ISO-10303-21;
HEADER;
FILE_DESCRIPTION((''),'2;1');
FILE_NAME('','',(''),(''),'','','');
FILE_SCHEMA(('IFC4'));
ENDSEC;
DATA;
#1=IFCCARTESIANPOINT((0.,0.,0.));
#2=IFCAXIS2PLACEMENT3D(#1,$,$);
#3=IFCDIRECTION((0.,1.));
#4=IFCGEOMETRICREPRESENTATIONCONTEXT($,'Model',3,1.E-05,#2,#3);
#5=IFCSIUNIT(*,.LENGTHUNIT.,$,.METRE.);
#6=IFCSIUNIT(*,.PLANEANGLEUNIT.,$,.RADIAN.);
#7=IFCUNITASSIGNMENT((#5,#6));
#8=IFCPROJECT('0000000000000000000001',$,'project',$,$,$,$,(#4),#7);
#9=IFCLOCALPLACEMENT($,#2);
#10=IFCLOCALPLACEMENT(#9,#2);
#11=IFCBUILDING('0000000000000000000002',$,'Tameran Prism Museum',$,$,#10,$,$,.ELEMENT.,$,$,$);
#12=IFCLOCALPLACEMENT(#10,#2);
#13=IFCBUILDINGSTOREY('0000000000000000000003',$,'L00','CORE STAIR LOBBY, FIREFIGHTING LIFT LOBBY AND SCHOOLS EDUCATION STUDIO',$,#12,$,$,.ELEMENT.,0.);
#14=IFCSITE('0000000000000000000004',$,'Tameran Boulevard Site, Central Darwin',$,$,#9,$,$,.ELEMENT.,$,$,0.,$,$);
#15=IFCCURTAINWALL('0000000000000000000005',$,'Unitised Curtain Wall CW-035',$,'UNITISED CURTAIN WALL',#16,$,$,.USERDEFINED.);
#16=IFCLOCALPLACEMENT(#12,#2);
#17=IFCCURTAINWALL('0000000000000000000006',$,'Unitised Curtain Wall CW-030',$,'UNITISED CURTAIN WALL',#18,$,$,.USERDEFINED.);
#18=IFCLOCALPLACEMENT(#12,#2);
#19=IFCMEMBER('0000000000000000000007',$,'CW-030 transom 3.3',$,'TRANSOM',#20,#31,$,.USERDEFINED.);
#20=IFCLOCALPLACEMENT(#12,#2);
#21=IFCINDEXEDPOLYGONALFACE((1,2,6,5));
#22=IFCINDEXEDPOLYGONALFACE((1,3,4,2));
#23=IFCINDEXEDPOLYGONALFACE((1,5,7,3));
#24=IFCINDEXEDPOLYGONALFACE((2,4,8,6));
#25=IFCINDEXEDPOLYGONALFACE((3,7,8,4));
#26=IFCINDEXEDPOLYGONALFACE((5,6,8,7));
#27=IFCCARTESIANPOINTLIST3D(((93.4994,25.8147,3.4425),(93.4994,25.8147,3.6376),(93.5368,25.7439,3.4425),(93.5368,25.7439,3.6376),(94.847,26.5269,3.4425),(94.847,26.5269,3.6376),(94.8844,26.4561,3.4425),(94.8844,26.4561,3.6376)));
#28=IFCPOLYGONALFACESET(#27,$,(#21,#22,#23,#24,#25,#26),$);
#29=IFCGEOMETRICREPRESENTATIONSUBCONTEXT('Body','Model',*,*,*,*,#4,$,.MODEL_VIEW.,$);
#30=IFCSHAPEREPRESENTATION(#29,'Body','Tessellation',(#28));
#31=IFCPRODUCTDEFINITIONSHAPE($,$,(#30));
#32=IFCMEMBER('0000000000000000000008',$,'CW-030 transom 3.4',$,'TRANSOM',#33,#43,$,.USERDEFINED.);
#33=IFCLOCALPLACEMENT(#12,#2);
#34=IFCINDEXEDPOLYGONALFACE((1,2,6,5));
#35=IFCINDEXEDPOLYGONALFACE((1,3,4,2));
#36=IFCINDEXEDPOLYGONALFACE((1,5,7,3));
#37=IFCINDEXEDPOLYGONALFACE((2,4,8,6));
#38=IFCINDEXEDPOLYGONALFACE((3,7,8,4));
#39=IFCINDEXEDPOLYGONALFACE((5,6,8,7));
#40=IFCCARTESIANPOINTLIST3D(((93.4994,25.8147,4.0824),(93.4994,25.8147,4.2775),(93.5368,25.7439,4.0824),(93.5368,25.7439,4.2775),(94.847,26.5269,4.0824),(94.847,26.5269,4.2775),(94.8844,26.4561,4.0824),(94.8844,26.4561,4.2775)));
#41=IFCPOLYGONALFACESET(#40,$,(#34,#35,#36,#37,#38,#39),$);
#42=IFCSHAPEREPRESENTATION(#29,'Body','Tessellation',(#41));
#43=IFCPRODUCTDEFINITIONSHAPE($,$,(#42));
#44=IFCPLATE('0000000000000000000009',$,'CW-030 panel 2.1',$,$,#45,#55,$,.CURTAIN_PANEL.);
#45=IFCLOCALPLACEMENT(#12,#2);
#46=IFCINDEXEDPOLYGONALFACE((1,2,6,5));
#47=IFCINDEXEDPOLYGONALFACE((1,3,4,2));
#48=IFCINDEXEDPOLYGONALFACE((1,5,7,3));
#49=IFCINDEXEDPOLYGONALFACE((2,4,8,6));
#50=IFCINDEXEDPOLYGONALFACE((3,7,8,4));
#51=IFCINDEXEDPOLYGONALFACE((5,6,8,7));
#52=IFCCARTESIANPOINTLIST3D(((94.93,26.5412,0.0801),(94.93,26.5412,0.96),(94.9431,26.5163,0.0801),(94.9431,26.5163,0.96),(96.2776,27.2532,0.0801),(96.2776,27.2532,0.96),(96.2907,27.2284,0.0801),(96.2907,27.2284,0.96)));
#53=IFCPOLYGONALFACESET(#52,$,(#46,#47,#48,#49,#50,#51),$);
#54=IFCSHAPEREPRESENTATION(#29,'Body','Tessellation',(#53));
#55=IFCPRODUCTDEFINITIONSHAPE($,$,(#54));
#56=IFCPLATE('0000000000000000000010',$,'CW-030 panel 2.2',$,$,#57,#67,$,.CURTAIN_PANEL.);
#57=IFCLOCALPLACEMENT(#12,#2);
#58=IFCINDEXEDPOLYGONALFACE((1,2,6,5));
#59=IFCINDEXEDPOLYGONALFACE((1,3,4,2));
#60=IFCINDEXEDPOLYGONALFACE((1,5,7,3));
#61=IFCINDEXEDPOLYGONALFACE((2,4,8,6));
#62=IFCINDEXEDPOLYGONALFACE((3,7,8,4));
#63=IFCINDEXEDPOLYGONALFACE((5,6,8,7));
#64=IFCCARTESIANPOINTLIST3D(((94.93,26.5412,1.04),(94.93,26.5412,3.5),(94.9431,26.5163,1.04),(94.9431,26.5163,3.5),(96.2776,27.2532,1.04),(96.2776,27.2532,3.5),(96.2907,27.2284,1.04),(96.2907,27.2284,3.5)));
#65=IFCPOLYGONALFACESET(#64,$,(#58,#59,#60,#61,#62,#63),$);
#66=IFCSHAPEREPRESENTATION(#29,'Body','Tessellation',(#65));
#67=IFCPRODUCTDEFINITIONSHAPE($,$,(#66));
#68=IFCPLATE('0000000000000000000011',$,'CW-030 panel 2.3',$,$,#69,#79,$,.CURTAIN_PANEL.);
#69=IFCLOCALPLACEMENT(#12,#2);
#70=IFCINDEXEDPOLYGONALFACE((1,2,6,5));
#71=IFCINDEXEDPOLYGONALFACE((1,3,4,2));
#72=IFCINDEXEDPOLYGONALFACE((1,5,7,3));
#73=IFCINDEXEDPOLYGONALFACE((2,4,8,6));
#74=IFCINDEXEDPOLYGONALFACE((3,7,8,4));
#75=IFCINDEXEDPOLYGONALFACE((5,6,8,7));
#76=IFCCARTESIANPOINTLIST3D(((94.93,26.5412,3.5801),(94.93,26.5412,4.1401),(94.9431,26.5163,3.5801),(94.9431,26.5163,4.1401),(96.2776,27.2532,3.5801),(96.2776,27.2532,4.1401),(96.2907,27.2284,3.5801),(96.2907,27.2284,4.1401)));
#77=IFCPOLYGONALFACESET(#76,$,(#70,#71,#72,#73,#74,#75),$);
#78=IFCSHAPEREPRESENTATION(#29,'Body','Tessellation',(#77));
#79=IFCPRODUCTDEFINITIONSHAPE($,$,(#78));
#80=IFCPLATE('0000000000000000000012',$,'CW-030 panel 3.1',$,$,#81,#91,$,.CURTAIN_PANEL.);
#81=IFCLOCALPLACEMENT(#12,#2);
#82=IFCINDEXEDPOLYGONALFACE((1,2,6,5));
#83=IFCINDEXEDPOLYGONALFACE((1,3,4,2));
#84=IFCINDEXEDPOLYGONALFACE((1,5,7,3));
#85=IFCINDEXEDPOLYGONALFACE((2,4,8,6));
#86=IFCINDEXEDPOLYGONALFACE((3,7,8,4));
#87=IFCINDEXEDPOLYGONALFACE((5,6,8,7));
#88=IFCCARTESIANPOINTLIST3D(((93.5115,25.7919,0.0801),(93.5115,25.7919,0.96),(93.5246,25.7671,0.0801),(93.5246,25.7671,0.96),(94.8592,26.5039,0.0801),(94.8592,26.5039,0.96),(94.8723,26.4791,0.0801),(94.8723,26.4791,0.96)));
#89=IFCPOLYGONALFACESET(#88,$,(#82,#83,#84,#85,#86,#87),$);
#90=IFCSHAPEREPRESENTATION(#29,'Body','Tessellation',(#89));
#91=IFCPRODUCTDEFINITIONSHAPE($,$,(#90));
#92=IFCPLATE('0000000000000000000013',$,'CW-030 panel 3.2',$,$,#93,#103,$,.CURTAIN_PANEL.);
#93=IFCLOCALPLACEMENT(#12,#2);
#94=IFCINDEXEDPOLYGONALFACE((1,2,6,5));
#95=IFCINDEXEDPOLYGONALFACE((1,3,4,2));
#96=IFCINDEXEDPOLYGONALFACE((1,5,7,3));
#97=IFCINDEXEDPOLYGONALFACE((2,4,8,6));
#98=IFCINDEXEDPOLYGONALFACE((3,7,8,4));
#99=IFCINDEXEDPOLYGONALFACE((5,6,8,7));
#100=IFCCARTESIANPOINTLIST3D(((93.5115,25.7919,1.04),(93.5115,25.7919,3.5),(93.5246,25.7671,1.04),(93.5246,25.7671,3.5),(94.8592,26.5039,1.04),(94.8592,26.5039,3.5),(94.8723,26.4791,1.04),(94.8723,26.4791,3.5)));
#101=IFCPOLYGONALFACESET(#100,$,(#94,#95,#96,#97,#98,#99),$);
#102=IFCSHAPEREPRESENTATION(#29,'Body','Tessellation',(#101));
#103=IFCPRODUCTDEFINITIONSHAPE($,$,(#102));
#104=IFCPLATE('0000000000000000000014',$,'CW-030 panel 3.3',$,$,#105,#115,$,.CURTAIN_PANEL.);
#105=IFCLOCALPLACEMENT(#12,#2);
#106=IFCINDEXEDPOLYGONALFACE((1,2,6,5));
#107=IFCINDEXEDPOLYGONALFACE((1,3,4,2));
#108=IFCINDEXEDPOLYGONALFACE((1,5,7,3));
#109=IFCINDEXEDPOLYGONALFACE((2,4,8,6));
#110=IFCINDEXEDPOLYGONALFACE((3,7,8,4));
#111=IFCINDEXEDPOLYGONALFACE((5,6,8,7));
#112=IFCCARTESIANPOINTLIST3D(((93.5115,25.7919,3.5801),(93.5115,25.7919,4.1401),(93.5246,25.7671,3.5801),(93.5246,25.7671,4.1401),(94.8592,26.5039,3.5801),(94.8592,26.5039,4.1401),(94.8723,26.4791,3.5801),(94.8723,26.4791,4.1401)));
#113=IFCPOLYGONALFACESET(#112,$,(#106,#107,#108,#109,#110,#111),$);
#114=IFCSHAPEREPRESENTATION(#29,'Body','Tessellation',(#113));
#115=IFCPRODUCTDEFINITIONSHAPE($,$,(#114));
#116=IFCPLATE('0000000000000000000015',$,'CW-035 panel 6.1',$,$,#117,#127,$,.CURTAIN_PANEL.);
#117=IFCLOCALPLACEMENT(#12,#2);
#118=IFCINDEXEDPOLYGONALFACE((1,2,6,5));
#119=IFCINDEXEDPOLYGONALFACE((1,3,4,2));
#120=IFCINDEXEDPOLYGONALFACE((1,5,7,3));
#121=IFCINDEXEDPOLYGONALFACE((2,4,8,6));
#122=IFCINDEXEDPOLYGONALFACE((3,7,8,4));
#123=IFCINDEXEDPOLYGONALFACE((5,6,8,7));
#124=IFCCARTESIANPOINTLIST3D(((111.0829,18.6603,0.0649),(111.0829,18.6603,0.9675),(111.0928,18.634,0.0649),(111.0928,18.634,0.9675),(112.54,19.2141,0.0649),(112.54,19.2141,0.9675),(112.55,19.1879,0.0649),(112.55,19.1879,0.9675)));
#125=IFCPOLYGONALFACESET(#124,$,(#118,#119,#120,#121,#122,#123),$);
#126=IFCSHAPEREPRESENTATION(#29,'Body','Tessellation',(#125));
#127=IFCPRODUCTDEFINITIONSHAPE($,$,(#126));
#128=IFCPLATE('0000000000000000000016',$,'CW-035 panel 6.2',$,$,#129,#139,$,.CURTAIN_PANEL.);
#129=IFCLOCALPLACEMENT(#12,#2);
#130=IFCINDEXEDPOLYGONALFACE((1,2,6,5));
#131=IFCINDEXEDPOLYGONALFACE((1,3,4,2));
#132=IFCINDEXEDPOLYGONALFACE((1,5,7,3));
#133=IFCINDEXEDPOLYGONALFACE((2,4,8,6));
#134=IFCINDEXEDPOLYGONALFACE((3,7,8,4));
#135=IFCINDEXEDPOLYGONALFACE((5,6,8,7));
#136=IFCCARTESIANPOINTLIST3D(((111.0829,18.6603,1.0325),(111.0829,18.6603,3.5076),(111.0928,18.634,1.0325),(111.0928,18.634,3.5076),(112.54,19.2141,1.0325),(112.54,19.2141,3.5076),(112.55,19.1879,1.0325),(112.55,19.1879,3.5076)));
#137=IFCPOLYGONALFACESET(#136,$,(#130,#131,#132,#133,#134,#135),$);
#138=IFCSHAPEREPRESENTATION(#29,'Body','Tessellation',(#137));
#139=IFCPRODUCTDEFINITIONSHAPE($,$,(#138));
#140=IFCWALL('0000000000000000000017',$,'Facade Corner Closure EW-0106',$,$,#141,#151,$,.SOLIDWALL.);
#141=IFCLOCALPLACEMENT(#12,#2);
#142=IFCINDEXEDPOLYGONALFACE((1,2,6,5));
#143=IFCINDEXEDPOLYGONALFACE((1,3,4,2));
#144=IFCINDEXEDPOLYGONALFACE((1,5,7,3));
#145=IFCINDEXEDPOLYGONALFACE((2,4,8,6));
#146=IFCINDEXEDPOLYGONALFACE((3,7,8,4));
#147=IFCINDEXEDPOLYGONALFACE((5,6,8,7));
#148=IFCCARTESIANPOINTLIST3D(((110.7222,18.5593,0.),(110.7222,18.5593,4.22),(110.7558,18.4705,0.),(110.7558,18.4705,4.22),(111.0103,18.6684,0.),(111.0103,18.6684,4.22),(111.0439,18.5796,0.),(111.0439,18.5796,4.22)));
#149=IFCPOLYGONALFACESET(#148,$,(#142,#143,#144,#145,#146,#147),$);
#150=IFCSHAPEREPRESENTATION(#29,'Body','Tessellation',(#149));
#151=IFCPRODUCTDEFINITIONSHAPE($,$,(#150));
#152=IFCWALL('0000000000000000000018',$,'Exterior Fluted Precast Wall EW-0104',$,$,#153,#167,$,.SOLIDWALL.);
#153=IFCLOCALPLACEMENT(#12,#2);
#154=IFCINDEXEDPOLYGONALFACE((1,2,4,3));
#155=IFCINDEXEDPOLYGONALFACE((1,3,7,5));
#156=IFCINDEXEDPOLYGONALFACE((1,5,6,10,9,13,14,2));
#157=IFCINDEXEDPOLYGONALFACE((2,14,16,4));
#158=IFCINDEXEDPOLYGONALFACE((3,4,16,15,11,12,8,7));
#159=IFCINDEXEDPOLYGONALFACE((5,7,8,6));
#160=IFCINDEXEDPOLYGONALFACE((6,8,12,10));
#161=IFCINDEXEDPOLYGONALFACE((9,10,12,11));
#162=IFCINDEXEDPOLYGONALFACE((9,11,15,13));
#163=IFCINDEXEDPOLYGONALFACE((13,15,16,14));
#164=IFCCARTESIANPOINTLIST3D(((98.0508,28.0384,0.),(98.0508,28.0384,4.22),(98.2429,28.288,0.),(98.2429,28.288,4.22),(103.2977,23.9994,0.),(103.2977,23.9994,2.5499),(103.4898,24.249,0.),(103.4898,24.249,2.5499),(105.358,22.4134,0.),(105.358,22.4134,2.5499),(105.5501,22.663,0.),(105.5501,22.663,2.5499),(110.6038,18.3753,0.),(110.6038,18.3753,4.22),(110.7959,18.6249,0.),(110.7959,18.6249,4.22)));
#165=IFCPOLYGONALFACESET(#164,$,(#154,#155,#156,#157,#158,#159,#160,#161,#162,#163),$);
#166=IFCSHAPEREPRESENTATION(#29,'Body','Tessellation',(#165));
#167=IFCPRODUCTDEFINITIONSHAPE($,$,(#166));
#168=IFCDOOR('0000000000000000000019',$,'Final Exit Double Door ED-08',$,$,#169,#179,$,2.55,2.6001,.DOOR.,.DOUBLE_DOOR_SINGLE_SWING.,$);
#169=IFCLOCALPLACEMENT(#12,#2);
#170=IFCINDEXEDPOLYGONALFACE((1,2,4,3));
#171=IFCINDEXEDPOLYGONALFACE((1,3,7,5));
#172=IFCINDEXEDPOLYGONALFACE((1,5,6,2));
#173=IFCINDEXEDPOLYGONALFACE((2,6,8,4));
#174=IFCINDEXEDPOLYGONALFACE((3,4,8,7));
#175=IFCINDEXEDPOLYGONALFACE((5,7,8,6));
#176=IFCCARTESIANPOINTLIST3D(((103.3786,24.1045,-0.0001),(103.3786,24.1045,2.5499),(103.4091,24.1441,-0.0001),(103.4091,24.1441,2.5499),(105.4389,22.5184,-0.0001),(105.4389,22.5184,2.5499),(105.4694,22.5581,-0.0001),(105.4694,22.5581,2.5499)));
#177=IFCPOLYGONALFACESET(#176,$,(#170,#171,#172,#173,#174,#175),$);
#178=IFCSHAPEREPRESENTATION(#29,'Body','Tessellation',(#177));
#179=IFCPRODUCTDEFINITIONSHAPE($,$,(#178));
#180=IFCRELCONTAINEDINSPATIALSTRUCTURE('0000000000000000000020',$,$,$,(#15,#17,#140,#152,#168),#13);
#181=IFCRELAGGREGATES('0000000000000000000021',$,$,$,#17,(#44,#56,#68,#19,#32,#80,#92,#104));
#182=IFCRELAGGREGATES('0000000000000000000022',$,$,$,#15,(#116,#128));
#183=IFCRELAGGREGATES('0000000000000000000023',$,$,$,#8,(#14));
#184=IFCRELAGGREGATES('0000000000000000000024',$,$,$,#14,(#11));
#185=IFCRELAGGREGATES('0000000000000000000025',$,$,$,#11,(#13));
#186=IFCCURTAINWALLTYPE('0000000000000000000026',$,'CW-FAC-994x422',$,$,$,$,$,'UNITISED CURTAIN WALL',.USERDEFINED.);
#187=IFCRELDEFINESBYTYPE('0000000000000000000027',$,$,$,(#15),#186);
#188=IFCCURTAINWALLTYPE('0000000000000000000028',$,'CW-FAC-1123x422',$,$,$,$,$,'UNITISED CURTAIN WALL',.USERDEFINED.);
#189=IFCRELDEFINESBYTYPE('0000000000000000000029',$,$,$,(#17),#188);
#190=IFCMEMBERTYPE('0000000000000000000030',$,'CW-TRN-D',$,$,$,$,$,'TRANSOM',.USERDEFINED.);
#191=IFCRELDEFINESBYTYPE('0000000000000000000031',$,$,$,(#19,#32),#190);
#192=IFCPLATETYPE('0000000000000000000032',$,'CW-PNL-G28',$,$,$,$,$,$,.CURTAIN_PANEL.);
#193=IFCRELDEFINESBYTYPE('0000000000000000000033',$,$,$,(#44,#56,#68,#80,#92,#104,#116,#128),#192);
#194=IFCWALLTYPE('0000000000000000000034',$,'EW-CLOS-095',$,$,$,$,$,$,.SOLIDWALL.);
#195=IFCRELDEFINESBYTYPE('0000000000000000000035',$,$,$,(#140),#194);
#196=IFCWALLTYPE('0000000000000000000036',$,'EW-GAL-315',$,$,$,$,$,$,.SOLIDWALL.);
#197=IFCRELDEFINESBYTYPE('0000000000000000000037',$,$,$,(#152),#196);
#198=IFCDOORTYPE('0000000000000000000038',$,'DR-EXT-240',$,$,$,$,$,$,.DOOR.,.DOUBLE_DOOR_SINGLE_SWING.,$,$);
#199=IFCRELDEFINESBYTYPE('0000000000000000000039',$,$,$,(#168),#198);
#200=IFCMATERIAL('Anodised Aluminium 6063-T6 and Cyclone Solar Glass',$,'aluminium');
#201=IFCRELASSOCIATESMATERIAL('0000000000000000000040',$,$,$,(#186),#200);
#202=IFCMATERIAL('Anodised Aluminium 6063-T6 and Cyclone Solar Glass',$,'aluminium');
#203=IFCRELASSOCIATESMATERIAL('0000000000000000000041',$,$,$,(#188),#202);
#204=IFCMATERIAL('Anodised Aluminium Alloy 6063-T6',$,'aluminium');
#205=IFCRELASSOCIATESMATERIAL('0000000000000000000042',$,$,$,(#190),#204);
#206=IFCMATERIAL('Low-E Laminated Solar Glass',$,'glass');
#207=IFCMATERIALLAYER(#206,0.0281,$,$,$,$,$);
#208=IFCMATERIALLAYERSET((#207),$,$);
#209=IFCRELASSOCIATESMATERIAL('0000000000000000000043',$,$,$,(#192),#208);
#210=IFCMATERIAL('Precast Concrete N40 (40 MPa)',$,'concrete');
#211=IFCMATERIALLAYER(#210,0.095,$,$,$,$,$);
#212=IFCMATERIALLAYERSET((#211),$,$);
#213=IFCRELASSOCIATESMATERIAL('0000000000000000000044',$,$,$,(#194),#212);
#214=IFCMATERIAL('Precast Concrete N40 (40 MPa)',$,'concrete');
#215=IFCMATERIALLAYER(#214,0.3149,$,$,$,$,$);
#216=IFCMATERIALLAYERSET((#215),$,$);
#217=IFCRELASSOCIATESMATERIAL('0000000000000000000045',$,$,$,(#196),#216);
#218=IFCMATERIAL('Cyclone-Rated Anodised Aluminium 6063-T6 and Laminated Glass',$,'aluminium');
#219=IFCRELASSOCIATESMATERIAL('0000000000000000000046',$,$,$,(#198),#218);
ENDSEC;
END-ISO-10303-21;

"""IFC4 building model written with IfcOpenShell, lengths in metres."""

from ifc_helpers import new_model, si_unit, direction, frame, frame_2d, origin, origin_2d, place, context, subcontext, project, spatial, rectangle, extrude, material, layer, layer_set, material_profile, profile_set, type_object, element, fill, aggregate, save


model = new_model("IFC4")

# Units and contexts
model_context = context("Model", 3, precision=1e-05, world=origin(), true_north=direction((0.0, 1.0)))
body_context = subcontext(model_context, "Body", "Model", "MODEL_VIEW")
ifc_project = project(units=[si_unit("LENGTHUNIT", "METRE"), si_unit("PLANEANGLEUNIT", "RADIAN")], contexts=[model_context])

# Site, building, storey
site_placement = place(None, origin())
site = spatial("IfcSite", under=ifc_project, at=site_placement, Name="Tameran Boulevard Site, Central Darwin", CompositionType="ELEMENT", RefElevation=0.0)
building_placement = place(site_placement, origin())
building = spatial("IfcBuilding", under=site, at=building_placement, Name="Tameran Prism Museum", CompositionType="ELEMENT")
storey_placement = place(building_placement, origin())
storey = spatial("IfcBuildingStorey", under=building, at=storey_placement, Name="L00", Description="CORE STAIR LOBBY, FIREFIGHTING LIFT LOBBY AND SCHOOLS EDUCATION STUDIO", CompositionType="ELEMENT", Elevation=0.0)

# Curtain wall
ifc_material_1 = material(Name="Anodised Aluminium 6063-T6 and Cyclone Solar Glass", Category="aluminium")
curtain_wall_type_1 = type_object("IfcCurtainWallType", Name="CW-FAC-994x422", ElementType="UNITISED CURTAIN WALL", PredefinedType="USERDEFINED", material=ifc_material_1)
curtain_wall_1_placement = place(storey_placement, origin())
curtain_wall_1 = element("IfcCurtainWall", 1, at=curtain_wall_1_placement, inside=storey, type_object=curtain_wall_type_1, Name="Unitised Curtain Wall CW-035", ObjectType="UNITISED CURTAIN WALL", PredefinedType="USERDEFINED")

# Curtain wall, members, plates
ifc_material_2 = material(Name="Anodised Aluminium 6063-T6 and Cyclone Solar Glass", Category="aluminium")
curtain_wall_type_2 = type_object("IfcCurtainWallType", Name="CW-FAC-1123x422", ElementType="UNITISED CURTAIN WALL", PredefinedType="USERDEFINED", material=ifc_material_2)
curtain_wall_2_placement = place(storey_placement, origin())
curtain_wall_2 = element("IfcCurtainWall", 2, at=curtain_wall_2_placement, inside=storey, type_object=curtain_wall_type_2, Name="Unitised Curtain Wall CW-030", ObjectType="UNITISED CURTAIN WALL", PredefinedType="USERDEFINED")
ifc_material_3 = material(Name="Anodised Aluminium Alloy 6063-T6", Category="aluminium")
ifc_material_profile_1 = material_profile(ifc_material_3, rectangle(XDim=0.0801, YDim=0.1951, at=origin_2d()))
ifc_profile_set_1 = profile_set([ifc_material_profile_1])
member_type_1 = type_object("IfcMemberType", Name="CW-TRN-D", ElementType="TRANSOM", PredefinedType="USERDEFINED", material=ifc_profile_set_1)
member_1_placement = place(storey_placement, frame((94.8657, 26.4915, 3.54), z_axis=(-0.884142, -0.467218, 0.0), x_axis=(0.467218, -0.884142, 0.0)))
member_1 = element("IfcMember", 3, at=member_1_placement, type_object=member_type_1, Name="CW-030 transom 3.3", ObjectType="TRANSOM", PredefinedType="USERDEFINED", context=body_context, shape_type="SweptSolid", body=[
    extrude(rectangle(XDim=0.0801, YDim=0.1951, at=origin_2d()), origin(), (0.0, 0.0, 1.0), 1.5242),
])
member_2_placement = place(storey_placement, frame((94.8657, 26.4915, 4.1799), z_axis=(-0.884142, -0.467218, 0.0), x_axis=(0.467218, -0.884142, 0.0)))
member_2 = element("IfcMember", 4, at=member_2_placement, type_object=member_type_1, Name="CW-030 transom 3.4", ObjectType="TRANSOM", PredefinedType="USERDEFINED", context=body_context, shape_type="SweptSolid", body=[
    extrude(rectangle(XDim=0.0801, YDim=0.1951, at=origin_2d()), origin(), (0.0, 0.0, 1.0), 1.5242),
])
ifc_material_4 = material(Name="Low-E Laminated Solar Glass", Category="glass")
ifc_layer_1 = layer(ifc_material_4, 0.0281)
ifc_layer_set_1 = layer_set([ifc_layer_1])
plate_type = type_object("IfcPlateType", Name="CW-PNL-G28", PredefinedType="CURTAIN_PANEL", material=ifc_layer_set_1)
plate_1_placement = place(storey_placement, frame((95.6104, 26.8848, 0.0801), z_axis=(0.0, 0.0, 1.0), x_axis=(-0.884175, -0.467155, 0.0)))
plate_1 = element("IfcPlate", 5, at=plate_1_placement, type_object=plate_type, Name="CW-030 panel 2.1", PredefinedType="CURTAIN_PANEL", context=body_context, shape_type="SweptSolid", body=[
    extrude(rectangle(XDim=1.5242, YDim=0.0281, at=origin_2d()), origin(), (0.0, 0.0, 1.0), 0.8799),
])
plate_2_placement = place(storey_placement, frame((95.6104, 26.8848, 1.04), z_axis=(0.0, 0.0, 1.0), x_axis=(-0.884175, -0.467155, 0.0)))
plate_2 = element("IfcPlate", 6, at=plate_2_placement, type_object=plate_type, Name="CW-030 panel 2.2", PredefinedType="CURTAIN_PANEL", context=body_context, shape_type="SweptSolid", body=[
    extrude(rectangle(XDim=1.5242, YDim=0.0281, at=origin_2d()), origin(), (0.0, 0.0, 1.0), 2.46),
])
plate_3_placement = place(storey_placement, frame((95.6104, 26.8848, 3.5801), z_axis=(0.0, 0.0, 1.0), x_axis=(-0.884175, -0.467155, 0.0)))
plate_3 = element("IfcPlate", 7, at=plate_3_placement, type_object=plate_type, Name="CW-030 panel 2.3", PredefinedType="CURTAIN_PANEL", context=body_context, shape_type="SweptSolid", body=[
    extrude(rectangle(XDim=1.5242, YDim=0.0281, at=origin_2d()), origin(), (0.0, 0.0, 1.0), 0.5601),
])
plate_4_placement = place(storey_placement, frame((94.1919, 26.1355, 0.0801), z_axis=(0.0, 0.0, 1.0), x_axis=(-0.884175, -0.467155, 0.0)))
plate_4 = element("IfcPlate", 8, at=plate_4_placement, type_object=plate_type, Name="CW-030 panel 3.1", PredefinedType="CURTAIN_PANEL", context=body_context, shape_type="SweptSolid", body=[
    extrude(rectangle(XDim=1.5242, YDim=0.0281, at=origin_2d()), origin(), (0.0, 0.0, 1.0), 0.8799),
])
plate_5_placement = place(storey_placement, frame((94.1919, 26.1355, 1.04), z_axis=(0.0, 0.0, 1.0), x_axis=(-0.884175, -0.467155, 0.0)))
plate_5 = element("IfcPlate", 9, at=plate_5_placement, type_object=plate_type, Name="CW-030 panel 3.2", PredefinedType="CURTAIN_PANEL", context=body_context, shape_type="SweptSolid", body=[
    extrude(rectangle(XDim=1.5242, YDim=0.0281, at=origin_2d()), origin(), (0.0, 0.0, 1.0), 2.46),
])
plate_6_placement = place(storey_placement, frame((94.1919, 26.1355, 3.5801), z_axis=(0.0, 0.0, 1.0), x_axis=(-0.884175, -0.467155, 0.0)))
plate_6 = element("IfcPlate", 10, at=plate_6_placement, type_object=plate_type, Name="CW-030 panel 3.3", PredefinedType="CURTAIN_PANEL", context=body_context, shape_type="SweptSolid", body=[
    extrude(rectangle(XDim=1.5242, YDim=0.0281, at=origin_2d()), origin(), (0.0, 0.0, 1.0), 0.5601),
])
aggregate(curtain_wall_2, [plate_1, plate_2, plate_3, member_1, member_2, plate_4, plate_5, plate_6])

# Plates
plate_7_placement = place(storey_placement, frame((111.8164, 18.9241, 0.0649), z_axis=(0.0, 0.0, 1.0), x_axis=(-0.934757, -0.355288, 0.0)))
plate_7 = element("IfcPlate", 11, at=plate_7_placement, type_object=plate_type, Name="CW-035 panel 6.1", PredefinedType="CURTAIN_PANEL", context=body_context, shape_type="SweptSolid", body=[
    extrude(rectangle(XDim=1.5588, YDim=0.0281, at=origin_2d()), origin(), (0.0, 0.0, 1.0), 0.9026),
])
plate_8_placement = place(storey_placement, frame((111.8164, 18.9241, 1.0325), z_axis=(0.0, 0.0, 1.0), x_axis=(-0.934757, -0.355288, 0.0)))
plate_8 = element("IfcPlate", 12, at=plate_8_placement, type_object=plate_type, Name="CW-035 panel 6.2", PredefinedType="CURTAIN_PANEL", context=body_context, shape_type="SweptSolid", body=[
    extrude(rectangle(XDim=1.5588, YDim=0.0281, at=origin_2d()), origin(), (0.0, 0.0, 1.0), 2.4751),
])
aggregate(curtain_wall_1, [plate_7, plate_8])

# Wall
ifc_material_5 = material(Name="Precast Concrete N40 (40 MPa)", Category="concrete")
ifc_layer_2 = layer(ifc_material_5, 0.095)
ifc_layer_set_2 = layer_set([ifc_layer_2])
wall_type_1 = type_object("IfcWallType", Name="EW-CLOS-095", PredefinedType="SOLIDWALL", material=ifc_layer_set_2)
wall_1_placement = place(storey_placement, frame((111.0271, 18.624, 0.0), z_axis=(0.0, 0.0, 1.0), x_axis=(-0.935151, -0.354248, 0.0)))
element("IfcWall", 13, at=wall_1_placement, inside=storey, type_object=wall_type_1, Name="Facade Corner Closure EW-0106", PredefinedType="SOLIDWALL", context=body_context, shape_type="SweptSolid", body=[
    extrude(rectangle(XDim=0.3081, YDim=0.095, at=frame_2d((0.1541, 0.0))), origin(), (0.0, 0.0, 1.0), 4.22),
])

# Wall, opening, door
ifc_material_6 = material(Name="Precast Concrete N40 (40 MPa)", Category="concrete")
ifc_layer_3 = layer(ifc_material_6, 0.3149)
ifc_layer_set_3 = layer_set([ifc_layer_3])
wall_type_2 = type_object("IfcWallType", Name="EW-GAL-315", PredefinedType="SOLIDWALL", material=ifc_layer_set_3)
wall_2_placement = place(storey_placement, frame((110.7, 18.5, 0.0), z_axis=(0.0, 0.0, 1.0), x_axis=(-0.792412, 0.609986, 0.0)))
wall_2 = element("IfcWall", 14, at=wall_2_placement, inside=storey, type_object=wall_type_2, Name="Exterior Fluted Precast Wall EW-0104", PredefinedType="SOLIDWALL", context=body_context, shape_type="SweptSolid", body=[
    extrude(rectangle(XDim=15.8416, YDim=0.3149, at=frame_2d((7.9209, 0.0))), origin(), (0.0, 0.0, 1.0), 4.22),
])
opening_placement = place(wall_2_placement, frame((6.6201, 0.0, 0.0)))
opening = element("IfcOpeningElement", 15, at=opening_placement, cuts=wall_2, PredefinedType="OPENING", context=body_context, shape_type="SweptSolid", body=[
    extrude(rectangle(XDim=2.6001, YDim=2.55, at=frame_2d((1.3, 1.2749))), frame((0.0, 0.1675, 0.0), z_axis=(0.0, -1.0, 0.0), x_axis=(1.0, 0.0, 0.0)), (0.0, 0.0, 1.0), 0.335),
])
ifc_material_7 = material(Name="Cyclone-Rated Anodised Aluminium 6063-T6 and Laminated Glass", Category="aluminium")
door_type = type_object("IfcDoorType", Name="DR-EXT-240", OperationType="DOUBLE_DOOR_SINGLE_SWING", PredefinedType="DOOR", material=ifc_material_7)
door_placement = place(opening_placement, origin())
door = element("IfcDoor", 16, at=door_placement, inside=storey, type_object=door_type, Name="Final Exit Double Door ED-08", OperationType="DOUBLE_DOOR_SINGLE_SWING", OverallHeight=2.55, OverallWidth=2.6001, PredefinedType="DOOR", context=body_context, shape_type="SweptSolid", body=[
    extrude(rectangle(XDim=2.6001, YDim=2.55, at=frame_2d((1.3, 1.2749))), frame((0.0, 0.0249, 0.0), z_axis=(0.0, -1.0, 0.0), x_axis=(1.0, 0.0, 0.0)), (0.0, 0.0, 1.0), 0.05),
])
fill(opening, door)

save(model, "model.ifc")
